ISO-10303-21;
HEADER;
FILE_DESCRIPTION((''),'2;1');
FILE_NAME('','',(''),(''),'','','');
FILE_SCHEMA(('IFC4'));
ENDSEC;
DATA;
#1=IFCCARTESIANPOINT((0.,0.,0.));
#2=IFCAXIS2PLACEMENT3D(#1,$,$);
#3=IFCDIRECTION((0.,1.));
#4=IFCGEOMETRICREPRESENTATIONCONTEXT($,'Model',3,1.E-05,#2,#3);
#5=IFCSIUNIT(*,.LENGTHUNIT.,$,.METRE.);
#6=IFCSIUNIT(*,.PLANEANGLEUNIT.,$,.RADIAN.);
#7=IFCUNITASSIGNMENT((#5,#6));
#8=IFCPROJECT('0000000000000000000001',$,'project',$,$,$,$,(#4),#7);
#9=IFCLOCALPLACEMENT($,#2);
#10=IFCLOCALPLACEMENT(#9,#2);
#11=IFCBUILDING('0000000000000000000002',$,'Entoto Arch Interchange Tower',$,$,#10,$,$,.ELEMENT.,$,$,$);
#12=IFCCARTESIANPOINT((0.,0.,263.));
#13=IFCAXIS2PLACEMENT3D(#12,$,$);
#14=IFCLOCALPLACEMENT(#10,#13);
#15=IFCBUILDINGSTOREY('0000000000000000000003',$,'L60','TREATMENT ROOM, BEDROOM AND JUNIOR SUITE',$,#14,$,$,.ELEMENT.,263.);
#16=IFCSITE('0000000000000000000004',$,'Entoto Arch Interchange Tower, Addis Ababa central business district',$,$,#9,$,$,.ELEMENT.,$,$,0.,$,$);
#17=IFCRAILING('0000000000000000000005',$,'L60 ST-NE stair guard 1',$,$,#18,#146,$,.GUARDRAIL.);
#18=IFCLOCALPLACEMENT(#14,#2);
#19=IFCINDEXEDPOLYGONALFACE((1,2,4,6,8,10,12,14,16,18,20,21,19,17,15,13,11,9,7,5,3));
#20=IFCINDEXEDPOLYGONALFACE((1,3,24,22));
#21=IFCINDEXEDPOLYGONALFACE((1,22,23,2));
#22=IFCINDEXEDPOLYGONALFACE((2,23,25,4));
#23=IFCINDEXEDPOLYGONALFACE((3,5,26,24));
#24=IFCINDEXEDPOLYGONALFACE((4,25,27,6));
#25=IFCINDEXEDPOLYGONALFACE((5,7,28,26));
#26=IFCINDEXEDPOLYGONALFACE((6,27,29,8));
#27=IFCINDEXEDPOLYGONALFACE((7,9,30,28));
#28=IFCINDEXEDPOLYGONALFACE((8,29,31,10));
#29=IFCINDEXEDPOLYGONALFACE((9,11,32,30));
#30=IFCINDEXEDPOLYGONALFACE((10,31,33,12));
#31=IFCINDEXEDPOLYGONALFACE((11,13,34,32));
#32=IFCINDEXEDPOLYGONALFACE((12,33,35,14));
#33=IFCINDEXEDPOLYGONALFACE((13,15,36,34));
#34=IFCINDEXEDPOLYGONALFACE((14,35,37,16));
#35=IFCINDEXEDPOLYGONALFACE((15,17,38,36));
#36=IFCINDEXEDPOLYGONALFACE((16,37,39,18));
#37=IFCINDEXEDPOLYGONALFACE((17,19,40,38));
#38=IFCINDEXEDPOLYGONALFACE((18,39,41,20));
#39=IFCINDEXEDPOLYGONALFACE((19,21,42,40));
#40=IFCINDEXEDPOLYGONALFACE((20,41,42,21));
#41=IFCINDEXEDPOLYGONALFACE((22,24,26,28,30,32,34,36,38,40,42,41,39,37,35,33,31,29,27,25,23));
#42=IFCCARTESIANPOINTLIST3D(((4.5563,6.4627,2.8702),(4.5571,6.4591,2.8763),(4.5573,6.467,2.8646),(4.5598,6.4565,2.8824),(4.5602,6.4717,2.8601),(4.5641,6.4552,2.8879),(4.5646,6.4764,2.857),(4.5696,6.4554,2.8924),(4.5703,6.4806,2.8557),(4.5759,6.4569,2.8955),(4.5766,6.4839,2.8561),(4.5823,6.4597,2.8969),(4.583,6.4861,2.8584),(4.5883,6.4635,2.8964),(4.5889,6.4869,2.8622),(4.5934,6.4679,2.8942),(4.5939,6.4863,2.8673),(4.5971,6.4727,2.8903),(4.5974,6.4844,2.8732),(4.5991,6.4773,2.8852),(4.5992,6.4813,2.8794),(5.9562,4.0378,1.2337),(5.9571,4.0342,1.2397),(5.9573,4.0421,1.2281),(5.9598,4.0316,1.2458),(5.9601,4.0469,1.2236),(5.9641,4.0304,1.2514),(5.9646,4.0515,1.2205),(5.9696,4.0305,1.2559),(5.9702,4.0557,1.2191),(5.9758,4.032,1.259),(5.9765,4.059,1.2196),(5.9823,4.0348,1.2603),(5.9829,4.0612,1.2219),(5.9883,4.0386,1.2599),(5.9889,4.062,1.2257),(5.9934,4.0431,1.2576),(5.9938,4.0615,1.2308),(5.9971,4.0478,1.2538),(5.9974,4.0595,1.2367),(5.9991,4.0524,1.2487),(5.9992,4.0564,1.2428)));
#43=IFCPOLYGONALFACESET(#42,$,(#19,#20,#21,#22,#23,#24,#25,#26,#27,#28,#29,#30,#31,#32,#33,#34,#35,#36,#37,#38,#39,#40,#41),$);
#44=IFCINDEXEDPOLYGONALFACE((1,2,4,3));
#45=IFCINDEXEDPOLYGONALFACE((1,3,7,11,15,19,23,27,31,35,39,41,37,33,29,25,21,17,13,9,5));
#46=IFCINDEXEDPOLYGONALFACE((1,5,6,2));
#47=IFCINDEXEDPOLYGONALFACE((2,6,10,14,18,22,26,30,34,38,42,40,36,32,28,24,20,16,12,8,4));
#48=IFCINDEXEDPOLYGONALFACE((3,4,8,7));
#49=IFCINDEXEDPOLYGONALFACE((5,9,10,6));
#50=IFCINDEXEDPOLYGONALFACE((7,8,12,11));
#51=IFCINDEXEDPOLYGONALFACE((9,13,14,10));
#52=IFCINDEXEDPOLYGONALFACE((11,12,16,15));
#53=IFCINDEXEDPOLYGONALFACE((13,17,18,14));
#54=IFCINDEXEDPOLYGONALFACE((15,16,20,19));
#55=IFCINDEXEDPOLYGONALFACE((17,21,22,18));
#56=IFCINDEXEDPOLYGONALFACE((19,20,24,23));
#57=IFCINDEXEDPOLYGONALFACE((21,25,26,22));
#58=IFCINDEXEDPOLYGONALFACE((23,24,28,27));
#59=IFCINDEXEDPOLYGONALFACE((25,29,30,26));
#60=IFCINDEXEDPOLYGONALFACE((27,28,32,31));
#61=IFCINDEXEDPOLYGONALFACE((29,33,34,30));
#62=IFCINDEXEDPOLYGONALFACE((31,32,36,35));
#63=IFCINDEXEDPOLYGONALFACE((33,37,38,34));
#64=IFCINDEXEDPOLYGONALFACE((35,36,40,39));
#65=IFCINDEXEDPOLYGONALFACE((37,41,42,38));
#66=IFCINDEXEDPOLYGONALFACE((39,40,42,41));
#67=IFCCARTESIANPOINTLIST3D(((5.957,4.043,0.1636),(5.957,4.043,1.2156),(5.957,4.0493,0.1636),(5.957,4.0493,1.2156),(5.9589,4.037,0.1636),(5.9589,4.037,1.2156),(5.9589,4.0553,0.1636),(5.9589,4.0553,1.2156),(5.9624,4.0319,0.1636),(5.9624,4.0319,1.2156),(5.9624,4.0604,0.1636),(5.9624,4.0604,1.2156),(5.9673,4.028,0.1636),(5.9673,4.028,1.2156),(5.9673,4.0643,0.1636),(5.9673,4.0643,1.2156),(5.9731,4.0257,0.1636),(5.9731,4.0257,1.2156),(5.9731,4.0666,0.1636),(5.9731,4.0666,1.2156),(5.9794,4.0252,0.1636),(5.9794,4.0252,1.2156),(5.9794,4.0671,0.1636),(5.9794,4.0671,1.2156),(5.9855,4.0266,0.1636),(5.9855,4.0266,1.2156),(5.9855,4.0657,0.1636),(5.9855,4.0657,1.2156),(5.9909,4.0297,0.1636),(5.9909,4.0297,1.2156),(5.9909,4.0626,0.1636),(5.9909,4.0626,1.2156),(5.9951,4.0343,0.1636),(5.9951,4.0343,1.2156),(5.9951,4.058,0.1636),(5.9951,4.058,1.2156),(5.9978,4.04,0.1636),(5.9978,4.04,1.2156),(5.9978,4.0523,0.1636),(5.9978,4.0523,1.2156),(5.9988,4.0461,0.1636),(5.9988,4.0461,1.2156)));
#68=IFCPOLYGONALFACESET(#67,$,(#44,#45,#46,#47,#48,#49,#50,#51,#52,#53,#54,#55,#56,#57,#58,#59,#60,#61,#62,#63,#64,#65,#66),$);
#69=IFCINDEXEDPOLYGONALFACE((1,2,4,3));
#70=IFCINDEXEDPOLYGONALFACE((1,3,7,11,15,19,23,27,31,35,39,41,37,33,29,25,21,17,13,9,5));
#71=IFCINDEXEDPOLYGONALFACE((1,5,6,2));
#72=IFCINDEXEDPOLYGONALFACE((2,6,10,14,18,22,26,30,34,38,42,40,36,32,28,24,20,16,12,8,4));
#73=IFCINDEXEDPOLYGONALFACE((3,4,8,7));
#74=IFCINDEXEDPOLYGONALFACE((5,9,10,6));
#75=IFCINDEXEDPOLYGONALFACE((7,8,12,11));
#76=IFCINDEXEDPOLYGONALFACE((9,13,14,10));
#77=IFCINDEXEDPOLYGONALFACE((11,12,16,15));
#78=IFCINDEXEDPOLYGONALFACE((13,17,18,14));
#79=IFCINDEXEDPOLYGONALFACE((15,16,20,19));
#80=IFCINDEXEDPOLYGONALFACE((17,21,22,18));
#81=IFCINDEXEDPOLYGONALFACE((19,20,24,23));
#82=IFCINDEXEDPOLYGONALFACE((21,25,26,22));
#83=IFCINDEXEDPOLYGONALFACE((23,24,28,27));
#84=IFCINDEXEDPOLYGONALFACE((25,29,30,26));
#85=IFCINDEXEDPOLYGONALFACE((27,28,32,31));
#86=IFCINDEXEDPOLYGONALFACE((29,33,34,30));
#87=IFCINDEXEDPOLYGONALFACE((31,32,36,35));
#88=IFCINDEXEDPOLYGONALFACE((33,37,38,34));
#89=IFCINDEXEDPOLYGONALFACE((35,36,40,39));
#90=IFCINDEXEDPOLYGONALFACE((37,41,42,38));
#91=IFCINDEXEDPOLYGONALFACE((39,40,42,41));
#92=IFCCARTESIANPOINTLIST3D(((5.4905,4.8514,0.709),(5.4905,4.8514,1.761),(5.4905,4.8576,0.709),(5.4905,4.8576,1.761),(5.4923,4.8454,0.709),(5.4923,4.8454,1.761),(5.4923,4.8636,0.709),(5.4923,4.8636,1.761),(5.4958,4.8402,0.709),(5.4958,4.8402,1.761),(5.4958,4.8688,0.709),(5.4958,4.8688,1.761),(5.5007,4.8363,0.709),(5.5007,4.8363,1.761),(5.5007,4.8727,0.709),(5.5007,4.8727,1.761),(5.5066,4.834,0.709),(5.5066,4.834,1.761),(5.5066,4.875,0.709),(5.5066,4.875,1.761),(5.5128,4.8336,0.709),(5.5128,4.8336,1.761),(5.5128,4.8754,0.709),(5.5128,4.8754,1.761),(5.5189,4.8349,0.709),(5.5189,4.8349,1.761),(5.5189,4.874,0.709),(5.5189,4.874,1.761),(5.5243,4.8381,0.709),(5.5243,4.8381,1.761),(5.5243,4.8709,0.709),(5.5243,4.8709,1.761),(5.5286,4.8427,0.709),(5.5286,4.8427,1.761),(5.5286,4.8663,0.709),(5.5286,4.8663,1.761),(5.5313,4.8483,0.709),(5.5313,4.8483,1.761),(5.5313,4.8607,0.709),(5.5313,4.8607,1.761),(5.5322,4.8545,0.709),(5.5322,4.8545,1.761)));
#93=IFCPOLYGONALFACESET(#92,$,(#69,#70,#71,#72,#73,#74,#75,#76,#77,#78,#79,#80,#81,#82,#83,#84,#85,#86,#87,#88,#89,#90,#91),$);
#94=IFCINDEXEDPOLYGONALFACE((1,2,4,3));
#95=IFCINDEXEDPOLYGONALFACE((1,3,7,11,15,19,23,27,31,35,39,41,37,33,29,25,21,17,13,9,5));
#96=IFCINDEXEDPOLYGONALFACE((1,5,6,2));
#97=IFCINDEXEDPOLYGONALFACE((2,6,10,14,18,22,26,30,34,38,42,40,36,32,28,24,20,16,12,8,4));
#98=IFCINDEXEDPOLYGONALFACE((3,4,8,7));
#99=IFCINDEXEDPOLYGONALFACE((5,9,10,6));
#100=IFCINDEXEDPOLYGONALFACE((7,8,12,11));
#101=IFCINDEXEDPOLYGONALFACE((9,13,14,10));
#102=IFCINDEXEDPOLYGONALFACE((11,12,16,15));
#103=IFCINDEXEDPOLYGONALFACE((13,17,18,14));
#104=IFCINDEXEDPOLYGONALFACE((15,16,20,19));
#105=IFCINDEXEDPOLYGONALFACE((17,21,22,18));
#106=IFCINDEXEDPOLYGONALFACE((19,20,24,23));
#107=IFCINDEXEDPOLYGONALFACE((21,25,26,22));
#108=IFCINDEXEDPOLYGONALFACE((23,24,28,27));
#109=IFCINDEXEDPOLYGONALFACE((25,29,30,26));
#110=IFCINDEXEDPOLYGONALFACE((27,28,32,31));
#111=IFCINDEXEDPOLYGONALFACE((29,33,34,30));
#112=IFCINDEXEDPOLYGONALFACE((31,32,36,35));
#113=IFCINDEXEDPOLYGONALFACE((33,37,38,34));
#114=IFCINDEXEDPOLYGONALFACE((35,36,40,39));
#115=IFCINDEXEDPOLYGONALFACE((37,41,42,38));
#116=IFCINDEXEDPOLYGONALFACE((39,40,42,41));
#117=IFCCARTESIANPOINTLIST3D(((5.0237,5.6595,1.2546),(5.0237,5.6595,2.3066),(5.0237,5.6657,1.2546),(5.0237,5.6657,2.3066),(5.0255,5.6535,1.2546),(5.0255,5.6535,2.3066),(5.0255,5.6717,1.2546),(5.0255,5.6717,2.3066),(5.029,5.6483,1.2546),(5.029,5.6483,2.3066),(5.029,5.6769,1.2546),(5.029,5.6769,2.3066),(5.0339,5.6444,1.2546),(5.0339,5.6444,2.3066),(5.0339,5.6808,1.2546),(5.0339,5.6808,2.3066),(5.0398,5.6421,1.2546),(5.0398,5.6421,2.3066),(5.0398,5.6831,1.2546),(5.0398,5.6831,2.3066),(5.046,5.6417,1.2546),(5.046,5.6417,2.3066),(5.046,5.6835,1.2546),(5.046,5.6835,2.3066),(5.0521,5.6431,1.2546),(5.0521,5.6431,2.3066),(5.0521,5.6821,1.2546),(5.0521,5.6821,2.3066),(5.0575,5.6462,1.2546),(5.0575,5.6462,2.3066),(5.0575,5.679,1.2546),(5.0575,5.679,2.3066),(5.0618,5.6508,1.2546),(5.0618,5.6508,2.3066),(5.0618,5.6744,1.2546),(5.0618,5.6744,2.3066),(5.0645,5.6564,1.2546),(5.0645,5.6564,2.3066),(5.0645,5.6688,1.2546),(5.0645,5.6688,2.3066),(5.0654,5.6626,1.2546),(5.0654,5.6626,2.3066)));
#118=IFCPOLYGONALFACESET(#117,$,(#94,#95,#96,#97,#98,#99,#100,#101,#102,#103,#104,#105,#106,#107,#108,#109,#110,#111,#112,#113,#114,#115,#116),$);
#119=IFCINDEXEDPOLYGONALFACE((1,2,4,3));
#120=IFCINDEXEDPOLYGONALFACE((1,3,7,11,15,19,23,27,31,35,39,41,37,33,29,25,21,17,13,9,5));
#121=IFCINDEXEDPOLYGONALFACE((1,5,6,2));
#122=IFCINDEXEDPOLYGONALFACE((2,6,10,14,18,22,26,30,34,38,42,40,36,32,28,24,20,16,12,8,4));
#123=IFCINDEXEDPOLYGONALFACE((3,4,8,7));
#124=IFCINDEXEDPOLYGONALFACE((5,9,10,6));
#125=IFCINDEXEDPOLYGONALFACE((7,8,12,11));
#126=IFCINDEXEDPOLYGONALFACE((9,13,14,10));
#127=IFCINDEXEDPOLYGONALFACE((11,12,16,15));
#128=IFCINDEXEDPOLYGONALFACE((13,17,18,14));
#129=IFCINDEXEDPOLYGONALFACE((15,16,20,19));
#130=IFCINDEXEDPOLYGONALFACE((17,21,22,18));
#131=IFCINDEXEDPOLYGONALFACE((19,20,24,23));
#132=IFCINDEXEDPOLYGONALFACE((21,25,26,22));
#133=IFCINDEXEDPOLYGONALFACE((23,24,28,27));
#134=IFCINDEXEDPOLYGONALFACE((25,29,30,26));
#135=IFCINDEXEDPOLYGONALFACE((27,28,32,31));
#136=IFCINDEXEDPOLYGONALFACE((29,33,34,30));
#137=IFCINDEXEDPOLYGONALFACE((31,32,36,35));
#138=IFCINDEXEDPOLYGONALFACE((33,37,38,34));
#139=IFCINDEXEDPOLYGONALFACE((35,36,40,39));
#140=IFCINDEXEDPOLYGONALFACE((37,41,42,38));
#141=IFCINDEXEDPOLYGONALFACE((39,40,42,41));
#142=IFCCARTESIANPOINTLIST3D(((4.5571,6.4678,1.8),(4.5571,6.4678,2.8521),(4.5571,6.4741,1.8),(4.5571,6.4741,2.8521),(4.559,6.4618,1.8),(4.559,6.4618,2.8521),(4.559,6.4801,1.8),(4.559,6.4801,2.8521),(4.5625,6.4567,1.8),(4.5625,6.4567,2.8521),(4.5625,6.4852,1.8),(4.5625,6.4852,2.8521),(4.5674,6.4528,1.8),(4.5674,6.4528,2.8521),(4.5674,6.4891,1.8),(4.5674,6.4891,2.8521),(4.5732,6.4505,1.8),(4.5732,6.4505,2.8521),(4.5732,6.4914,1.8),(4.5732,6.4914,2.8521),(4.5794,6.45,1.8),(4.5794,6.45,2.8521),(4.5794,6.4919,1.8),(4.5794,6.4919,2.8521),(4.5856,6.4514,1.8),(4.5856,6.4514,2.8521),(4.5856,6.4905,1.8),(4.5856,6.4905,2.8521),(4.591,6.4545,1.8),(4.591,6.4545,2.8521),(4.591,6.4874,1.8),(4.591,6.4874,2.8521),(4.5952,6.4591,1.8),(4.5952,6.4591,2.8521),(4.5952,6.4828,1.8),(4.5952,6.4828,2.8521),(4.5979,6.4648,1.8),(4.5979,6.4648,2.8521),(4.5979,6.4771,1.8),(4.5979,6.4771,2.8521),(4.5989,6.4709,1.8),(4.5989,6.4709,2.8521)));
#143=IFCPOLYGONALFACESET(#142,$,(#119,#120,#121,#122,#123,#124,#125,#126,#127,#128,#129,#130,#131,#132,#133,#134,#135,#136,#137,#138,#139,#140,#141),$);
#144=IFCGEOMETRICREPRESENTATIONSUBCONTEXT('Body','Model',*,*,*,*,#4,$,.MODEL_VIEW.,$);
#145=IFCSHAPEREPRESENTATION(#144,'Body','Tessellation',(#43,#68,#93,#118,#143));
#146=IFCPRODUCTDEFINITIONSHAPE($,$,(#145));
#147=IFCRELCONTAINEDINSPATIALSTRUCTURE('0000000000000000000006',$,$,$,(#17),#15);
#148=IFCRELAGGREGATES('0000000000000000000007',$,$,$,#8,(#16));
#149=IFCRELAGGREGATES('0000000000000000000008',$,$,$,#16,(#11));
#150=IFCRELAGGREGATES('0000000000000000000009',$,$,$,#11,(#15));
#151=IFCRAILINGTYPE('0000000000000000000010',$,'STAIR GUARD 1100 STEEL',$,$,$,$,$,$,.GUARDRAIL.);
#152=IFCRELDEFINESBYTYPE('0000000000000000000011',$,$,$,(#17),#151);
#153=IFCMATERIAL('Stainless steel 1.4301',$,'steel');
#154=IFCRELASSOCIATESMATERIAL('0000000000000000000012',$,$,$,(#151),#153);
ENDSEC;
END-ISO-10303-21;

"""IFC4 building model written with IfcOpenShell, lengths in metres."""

from ifc_helpers import new_model, si_unit, direction, frame, origin, origin_2d, place, context, subcontext, project, spatial, circle, extrude, material, type_object, element, save


model = new_model("IFC4")

# Units and contexts
model_context = context("Model", 3, precision=1e-05, world=origin(), true_north=direction((0.0, 1.0)))
body_context = subcontext(model_context, "Body", "Model", "MODEL_VIEW")
ifc_project = project(units=[si_unit("LENGTHUNIT", "METRE"), si_unit("PLANEANGLEUNIT", "RADIAN")], contexts=[model_context])

# Site, building, storey
site_placement = place(None, origin())
site = spatial("IfcSite", under=ifc_project, at=site_placement, Name="Entoto Arch Interchange Tower, Addis Ababa central business district", CompositionType="ELEMENT", RefElevation=0.0)
building_placement = place(site_placement, origin())
building = spatial("IfcBuilding", under=site, at=building_placement, Name="Entoto Arch Interchange Tower", CompositionType="ELEMENT")
storey_placement = place(building_placement, frame((0.0, 0.0, 263.0)))
storey = spatial("IfcBuildingStorey", under=building, at=storey_placement, Name="L60", Description="TREATMENT ROOM, BEDROOM AND JUNIOR SUITE", CompositionType="ELEMENT", Elevation=263.0)

# Railing
ifc_material_1 = material(Name="Stainless steel 1.4301", Category="steel")
railing_type_1 = type_object("IfcRailingType", Name="STAIR GUARD 1100 STEEL", PredefinedType="GUARDRAIL", material=ifc_material_1)
railing_1_placement = place(storey_placement, frame((5.9778, 4.0461, 0.1636)))
element("IfcRailing", 1, at=railing_1_placement, inside=storey, type_object=railing_type_1, Name="L60 ST-NE stair guard 1", PredefinedType="GUARDRAIL", context=body_context, shape_type="SweptSolid", body=[
    extrude(circle(Radius=0.0239, at=origin_2d()), frame((0.0, 0.0, 1.0762), z_axis=(-0.431661, 0.74769, 0.504608), x_axis=(-0.866035, -0.499984, 0.0)), (0.0, 0.0, 1.0), 3.2432),
    extrude(circle(Radius=0.021, at=origin_2d()), origin(), (0.0, 0.0, 1.0), 1.052),
    extrude(circle(Radius=0.021, at=origin_2d()), frame((-0.4666, 0.8083, 0.5454)), (0.0, 0.0, 1.0), 1.052),
    extrude(circle(Radius=0.021, at=origin_2d()), frame((-0.9333, 1.6165, 1.0911)), (0.0, 0.0, 1.0), 1.052),
    extrude(circle(Radius=0.021, at=origin_2d()), frame((-1.3999, 2.4248, 1.6365)), (0.0, 0.0, 1.0), 1.052),
])

save(model, "model.ifc")
